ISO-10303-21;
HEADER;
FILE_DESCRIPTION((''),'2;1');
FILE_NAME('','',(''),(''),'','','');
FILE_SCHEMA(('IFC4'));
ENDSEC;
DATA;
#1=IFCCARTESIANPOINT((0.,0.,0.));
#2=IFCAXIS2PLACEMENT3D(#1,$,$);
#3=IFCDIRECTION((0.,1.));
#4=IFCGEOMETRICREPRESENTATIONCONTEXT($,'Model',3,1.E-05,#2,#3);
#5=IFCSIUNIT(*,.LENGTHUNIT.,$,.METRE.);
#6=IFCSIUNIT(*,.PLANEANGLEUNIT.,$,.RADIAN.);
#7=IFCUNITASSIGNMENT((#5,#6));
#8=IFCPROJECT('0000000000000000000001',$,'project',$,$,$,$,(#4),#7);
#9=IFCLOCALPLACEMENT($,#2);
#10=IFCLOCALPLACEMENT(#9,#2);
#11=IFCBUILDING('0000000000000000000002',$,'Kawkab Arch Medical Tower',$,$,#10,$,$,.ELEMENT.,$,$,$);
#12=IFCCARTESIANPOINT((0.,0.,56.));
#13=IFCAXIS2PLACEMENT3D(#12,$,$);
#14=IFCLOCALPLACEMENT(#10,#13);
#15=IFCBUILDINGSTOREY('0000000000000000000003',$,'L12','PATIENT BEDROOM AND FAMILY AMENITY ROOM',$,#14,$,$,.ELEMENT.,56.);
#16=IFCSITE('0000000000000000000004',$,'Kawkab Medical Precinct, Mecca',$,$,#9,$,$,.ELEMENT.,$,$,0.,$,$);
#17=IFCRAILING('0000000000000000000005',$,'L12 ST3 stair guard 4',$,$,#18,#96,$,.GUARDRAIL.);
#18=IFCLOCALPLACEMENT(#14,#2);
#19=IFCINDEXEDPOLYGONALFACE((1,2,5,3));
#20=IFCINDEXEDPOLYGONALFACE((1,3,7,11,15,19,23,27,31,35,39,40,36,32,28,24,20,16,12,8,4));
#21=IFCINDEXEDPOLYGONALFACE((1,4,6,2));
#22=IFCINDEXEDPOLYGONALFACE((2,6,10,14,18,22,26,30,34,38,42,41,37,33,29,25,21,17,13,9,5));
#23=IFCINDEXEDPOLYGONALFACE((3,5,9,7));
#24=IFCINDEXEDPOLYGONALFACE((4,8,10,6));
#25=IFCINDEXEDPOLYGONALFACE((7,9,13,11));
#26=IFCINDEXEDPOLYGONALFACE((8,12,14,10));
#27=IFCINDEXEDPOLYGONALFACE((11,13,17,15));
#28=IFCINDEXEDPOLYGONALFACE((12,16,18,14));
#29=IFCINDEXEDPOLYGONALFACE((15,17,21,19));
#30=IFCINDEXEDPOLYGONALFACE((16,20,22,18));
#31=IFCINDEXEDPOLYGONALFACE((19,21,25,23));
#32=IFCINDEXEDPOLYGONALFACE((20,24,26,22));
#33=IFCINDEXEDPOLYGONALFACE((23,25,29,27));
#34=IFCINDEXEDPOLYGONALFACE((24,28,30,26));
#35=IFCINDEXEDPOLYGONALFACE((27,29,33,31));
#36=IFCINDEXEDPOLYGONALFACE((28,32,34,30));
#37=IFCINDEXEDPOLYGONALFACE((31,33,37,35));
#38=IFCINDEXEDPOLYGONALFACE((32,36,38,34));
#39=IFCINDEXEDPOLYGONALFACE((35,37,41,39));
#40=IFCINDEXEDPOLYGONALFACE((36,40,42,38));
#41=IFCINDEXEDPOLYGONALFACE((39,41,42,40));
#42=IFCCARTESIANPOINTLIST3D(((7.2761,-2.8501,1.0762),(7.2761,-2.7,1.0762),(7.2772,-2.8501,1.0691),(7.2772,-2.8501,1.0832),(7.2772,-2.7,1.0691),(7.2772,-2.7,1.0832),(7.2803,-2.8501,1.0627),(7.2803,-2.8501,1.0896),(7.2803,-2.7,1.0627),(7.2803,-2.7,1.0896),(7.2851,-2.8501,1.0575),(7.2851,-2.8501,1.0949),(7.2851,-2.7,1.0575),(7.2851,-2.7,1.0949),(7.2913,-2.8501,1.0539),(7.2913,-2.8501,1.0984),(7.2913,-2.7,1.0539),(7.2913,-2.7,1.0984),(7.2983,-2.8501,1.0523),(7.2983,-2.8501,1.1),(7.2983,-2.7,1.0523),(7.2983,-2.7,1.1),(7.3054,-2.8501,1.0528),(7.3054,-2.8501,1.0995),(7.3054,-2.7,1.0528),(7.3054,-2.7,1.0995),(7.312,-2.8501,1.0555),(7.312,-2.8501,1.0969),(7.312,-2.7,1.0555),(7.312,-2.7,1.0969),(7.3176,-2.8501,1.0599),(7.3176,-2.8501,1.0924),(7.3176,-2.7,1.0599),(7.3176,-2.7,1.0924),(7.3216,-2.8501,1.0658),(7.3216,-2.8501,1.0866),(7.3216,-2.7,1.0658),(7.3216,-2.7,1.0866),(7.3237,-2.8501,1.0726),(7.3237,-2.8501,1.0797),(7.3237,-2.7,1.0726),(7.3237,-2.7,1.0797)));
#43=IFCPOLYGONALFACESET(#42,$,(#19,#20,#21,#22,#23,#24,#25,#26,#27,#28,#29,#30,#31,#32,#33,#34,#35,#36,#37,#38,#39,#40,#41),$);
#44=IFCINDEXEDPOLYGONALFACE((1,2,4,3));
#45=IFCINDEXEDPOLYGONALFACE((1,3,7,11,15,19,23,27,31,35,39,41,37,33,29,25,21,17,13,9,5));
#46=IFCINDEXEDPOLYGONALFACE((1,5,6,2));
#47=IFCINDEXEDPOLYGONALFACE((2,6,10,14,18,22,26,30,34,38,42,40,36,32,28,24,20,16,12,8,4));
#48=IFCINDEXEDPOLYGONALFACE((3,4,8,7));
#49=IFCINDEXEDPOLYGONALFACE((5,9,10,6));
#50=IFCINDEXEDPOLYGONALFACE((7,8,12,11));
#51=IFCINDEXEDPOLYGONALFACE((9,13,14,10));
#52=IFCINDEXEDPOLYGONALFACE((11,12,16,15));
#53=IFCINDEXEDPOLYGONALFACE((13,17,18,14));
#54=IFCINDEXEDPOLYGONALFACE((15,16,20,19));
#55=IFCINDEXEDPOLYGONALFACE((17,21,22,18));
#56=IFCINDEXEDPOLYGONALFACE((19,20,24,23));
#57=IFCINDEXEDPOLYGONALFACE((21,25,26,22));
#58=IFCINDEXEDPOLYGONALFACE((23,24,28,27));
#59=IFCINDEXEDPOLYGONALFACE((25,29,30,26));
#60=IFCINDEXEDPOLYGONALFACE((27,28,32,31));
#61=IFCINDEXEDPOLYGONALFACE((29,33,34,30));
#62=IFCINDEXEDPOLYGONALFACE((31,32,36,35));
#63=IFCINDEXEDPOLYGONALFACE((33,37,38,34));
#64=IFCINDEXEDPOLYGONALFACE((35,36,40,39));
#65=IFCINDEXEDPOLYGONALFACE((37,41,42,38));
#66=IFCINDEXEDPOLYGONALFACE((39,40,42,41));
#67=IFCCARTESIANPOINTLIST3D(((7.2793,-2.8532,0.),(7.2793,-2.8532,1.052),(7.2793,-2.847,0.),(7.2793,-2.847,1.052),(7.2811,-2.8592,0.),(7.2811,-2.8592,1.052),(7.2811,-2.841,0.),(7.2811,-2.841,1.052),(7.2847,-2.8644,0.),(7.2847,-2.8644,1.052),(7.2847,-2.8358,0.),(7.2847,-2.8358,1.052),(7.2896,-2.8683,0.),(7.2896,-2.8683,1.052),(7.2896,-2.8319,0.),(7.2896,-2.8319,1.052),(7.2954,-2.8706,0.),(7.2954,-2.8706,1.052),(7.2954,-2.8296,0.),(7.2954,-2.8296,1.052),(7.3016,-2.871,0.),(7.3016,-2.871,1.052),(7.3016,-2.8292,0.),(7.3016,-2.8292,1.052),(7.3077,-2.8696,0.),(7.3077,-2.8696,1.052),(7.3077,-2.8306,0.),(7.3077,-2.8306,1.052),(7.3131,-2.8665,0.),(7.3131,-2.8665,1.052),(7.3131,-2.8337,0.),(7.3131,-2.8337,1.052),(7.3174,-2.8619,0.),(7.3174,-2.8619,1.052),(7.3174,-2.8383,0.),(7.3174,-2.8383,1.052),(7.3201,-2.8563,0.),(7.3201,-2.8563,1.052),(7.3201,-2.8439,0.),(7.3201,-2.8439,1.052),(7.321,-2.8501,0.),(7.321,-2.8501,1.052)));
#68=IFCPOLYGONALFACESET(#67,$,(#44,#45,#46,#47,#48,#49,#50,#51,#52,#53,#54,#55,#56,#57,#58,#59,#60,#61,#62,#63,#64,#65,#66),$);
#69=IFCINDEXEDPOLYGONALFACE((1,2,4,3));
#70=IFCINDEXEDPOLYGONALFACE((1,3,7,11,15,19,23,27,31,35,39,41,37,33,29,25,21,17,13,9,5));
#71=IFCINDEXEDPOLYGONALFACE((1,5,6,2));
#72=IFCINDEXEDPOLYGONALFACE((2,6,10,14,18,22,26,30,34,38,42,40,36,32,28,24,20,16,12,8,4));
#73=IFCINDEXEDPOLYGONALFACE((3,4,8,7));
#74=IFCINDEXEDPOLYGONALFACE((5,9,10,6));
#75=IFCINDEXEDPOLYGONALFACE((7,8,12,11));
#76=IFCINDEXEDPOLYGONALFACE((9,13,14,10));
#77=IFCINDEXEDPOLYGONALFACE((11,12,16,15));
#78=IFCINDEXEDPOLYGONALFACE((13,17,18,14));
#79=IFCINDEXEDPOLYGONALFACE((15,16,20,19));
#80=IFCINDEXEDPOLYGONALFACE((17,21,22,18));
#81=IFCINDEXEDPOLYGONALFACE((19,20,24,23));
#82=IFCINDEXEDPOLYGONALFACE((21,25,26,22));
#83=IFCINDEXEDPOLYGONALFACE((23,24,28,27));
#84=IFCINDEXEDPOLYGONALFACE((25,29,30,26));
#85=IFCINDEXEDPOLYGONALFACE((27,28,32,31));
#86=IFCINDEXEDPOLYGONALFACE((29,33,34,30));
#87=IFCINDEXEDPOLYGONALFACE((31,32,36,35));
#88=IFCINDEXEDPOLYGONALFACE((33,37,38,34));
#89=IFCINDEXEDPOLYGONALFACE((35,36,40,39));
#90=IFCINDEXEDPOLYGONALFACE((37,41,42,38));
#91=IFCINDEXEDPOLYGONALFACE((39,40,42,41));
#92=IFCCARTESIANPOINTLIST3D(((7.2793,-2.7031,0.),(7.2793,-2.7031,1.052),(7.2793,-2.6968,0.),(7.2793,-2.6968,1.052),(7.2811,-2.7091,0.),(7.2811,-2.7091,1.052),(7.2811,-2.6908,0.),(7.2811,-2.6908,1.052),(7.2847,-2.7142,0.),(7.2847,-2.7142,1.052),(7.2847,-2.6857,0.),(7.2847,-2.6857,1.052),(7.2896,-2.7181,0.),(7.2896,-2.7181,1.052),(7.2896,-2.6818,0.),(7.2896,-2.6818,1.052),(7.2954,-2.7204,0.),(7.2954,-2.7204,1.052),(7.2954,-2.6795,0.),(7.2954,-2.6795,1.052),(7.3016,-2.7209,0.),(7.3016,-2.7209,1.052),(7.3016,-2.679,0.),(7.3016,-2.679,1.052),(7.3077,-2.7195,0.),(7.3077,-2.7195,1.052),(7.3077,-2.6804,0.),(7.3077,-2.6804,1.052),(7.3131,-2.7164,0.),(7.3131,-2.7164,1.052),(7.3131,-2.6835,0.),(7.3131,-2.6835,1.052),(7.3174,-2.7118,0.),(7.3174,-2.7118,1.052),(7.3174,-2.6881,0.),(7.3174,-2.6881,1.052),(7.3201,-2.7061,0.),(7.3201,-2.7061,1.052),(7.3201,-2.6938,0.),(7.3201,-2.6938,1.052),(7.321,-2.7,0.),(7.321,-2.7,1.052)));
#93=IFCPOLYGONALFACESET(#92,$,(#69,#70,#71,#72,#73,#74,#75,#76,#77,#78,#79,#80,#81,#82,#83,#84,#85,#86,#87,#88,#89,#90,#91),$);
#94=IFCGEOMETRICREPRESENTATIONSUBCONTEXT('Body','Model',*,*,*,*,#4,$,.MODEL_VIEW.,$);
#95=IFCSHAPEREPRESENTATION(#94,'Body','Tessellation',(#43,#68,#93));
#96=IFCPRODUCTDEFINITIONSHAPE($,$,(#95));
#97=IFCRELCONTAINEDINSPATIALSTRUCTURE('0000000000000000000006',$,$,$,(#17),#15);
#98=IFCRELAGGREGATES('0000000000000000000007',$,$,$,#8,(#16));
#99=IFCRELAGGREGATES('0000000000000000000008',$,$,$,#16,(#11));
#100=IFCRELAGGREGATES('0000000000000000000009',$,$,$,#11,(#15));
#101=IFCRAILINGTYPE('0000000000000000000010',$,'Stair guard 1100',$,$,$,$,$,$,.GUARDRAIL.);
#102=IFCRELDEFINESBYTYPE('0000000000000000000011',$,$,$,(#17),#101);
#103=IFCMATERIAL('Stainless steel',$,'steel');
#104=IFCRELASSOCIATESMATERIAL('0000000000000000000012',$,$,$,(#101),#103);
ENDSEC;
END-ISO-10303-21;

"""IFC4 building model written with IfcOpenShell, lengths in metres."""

from ifc_helpers import new_model, si_unit, direction, frame, origin, origin_2d, place, context, subcontext, project, spatial, circle, extrude, material, type_object, element, save


model = new_model("IFC4")

# Units and contexts
model_context = context("Model", 3, precision=1e-05, world=origin(), true_north=direction((0.0, 1.0)))
body_context = subcontext(model_context, "Body", "Model", "MODEL_VIEW")
ifc_project = project(units=[si_unit("LENGTHUNIT", "METRE"), si_unit("PLANEANGLEUNIT", "RADIAN")], contexts=[model_context])

# Site, building, storey
site_placement = place(None, origin())
site = spatial("IfcSite", under=ifc_project, at=site_placement, Name="Kawkab Medical Precinct, Mecca", CompositionType="ELEMENT", RefElevation=0.0)
building_placement = place(site_placement, origin())
building = spatial("IfcBuilding", under=site, at=building_placement, Name="Kawkab Arch Medical Tower", CompositionType="ELEMENT")
storey_placement = place(building_placement, frame((0.0, 0.0, 56.0)))
storey = spatial("IfcBuildingStorey", under=building, at=storey_placement, Name="L12", Description="PATIENT BEDROOM AND FAMILY AMENITY ROOM", CompositionType="ELEMENT", Elevation=56.0)

# Railing
ifc_material_1 = material(Name="Stainless steel", Category="steel")
railing_type = type_object("IfcRailingType", Name="Stair guard 1100", PredefinedType="GUARDRAIL", material=ifc_material_1)
railing_1_placement = place(storey_placement, frame((7.3, -2.8501, 0.0)))
element("IfcRailing", 1, at=railing_1_placement, inside=storey, type_object=railing_type, Name="L12 ST3 stair guard 4", PredefinedType="GUARDRAIL", context=body_context, shape_type="SweptSolid", body=[
    extrude(circle(Radius=0.0239, at=origin_2d()), frame((0.0, 0.0, 1.0762), z_axis=(0.0, 1.0, 0.0), x_axis=(-1.0, 0.0, 0.0)), (0.0, 0.0, 1.0), 0.1501),
    extrude(circle(Radius=0.021, at=origin_2d()), origin(), (0.0, 0.0, 1.0), 1.052),
    extrude(circle(Radius=0.021, at=origin_2d()), frame((0.0, 0.1501, 0.0)), (0.0, 0.0, 1.0), 1.052),
])

save(model, "model.ifc")
